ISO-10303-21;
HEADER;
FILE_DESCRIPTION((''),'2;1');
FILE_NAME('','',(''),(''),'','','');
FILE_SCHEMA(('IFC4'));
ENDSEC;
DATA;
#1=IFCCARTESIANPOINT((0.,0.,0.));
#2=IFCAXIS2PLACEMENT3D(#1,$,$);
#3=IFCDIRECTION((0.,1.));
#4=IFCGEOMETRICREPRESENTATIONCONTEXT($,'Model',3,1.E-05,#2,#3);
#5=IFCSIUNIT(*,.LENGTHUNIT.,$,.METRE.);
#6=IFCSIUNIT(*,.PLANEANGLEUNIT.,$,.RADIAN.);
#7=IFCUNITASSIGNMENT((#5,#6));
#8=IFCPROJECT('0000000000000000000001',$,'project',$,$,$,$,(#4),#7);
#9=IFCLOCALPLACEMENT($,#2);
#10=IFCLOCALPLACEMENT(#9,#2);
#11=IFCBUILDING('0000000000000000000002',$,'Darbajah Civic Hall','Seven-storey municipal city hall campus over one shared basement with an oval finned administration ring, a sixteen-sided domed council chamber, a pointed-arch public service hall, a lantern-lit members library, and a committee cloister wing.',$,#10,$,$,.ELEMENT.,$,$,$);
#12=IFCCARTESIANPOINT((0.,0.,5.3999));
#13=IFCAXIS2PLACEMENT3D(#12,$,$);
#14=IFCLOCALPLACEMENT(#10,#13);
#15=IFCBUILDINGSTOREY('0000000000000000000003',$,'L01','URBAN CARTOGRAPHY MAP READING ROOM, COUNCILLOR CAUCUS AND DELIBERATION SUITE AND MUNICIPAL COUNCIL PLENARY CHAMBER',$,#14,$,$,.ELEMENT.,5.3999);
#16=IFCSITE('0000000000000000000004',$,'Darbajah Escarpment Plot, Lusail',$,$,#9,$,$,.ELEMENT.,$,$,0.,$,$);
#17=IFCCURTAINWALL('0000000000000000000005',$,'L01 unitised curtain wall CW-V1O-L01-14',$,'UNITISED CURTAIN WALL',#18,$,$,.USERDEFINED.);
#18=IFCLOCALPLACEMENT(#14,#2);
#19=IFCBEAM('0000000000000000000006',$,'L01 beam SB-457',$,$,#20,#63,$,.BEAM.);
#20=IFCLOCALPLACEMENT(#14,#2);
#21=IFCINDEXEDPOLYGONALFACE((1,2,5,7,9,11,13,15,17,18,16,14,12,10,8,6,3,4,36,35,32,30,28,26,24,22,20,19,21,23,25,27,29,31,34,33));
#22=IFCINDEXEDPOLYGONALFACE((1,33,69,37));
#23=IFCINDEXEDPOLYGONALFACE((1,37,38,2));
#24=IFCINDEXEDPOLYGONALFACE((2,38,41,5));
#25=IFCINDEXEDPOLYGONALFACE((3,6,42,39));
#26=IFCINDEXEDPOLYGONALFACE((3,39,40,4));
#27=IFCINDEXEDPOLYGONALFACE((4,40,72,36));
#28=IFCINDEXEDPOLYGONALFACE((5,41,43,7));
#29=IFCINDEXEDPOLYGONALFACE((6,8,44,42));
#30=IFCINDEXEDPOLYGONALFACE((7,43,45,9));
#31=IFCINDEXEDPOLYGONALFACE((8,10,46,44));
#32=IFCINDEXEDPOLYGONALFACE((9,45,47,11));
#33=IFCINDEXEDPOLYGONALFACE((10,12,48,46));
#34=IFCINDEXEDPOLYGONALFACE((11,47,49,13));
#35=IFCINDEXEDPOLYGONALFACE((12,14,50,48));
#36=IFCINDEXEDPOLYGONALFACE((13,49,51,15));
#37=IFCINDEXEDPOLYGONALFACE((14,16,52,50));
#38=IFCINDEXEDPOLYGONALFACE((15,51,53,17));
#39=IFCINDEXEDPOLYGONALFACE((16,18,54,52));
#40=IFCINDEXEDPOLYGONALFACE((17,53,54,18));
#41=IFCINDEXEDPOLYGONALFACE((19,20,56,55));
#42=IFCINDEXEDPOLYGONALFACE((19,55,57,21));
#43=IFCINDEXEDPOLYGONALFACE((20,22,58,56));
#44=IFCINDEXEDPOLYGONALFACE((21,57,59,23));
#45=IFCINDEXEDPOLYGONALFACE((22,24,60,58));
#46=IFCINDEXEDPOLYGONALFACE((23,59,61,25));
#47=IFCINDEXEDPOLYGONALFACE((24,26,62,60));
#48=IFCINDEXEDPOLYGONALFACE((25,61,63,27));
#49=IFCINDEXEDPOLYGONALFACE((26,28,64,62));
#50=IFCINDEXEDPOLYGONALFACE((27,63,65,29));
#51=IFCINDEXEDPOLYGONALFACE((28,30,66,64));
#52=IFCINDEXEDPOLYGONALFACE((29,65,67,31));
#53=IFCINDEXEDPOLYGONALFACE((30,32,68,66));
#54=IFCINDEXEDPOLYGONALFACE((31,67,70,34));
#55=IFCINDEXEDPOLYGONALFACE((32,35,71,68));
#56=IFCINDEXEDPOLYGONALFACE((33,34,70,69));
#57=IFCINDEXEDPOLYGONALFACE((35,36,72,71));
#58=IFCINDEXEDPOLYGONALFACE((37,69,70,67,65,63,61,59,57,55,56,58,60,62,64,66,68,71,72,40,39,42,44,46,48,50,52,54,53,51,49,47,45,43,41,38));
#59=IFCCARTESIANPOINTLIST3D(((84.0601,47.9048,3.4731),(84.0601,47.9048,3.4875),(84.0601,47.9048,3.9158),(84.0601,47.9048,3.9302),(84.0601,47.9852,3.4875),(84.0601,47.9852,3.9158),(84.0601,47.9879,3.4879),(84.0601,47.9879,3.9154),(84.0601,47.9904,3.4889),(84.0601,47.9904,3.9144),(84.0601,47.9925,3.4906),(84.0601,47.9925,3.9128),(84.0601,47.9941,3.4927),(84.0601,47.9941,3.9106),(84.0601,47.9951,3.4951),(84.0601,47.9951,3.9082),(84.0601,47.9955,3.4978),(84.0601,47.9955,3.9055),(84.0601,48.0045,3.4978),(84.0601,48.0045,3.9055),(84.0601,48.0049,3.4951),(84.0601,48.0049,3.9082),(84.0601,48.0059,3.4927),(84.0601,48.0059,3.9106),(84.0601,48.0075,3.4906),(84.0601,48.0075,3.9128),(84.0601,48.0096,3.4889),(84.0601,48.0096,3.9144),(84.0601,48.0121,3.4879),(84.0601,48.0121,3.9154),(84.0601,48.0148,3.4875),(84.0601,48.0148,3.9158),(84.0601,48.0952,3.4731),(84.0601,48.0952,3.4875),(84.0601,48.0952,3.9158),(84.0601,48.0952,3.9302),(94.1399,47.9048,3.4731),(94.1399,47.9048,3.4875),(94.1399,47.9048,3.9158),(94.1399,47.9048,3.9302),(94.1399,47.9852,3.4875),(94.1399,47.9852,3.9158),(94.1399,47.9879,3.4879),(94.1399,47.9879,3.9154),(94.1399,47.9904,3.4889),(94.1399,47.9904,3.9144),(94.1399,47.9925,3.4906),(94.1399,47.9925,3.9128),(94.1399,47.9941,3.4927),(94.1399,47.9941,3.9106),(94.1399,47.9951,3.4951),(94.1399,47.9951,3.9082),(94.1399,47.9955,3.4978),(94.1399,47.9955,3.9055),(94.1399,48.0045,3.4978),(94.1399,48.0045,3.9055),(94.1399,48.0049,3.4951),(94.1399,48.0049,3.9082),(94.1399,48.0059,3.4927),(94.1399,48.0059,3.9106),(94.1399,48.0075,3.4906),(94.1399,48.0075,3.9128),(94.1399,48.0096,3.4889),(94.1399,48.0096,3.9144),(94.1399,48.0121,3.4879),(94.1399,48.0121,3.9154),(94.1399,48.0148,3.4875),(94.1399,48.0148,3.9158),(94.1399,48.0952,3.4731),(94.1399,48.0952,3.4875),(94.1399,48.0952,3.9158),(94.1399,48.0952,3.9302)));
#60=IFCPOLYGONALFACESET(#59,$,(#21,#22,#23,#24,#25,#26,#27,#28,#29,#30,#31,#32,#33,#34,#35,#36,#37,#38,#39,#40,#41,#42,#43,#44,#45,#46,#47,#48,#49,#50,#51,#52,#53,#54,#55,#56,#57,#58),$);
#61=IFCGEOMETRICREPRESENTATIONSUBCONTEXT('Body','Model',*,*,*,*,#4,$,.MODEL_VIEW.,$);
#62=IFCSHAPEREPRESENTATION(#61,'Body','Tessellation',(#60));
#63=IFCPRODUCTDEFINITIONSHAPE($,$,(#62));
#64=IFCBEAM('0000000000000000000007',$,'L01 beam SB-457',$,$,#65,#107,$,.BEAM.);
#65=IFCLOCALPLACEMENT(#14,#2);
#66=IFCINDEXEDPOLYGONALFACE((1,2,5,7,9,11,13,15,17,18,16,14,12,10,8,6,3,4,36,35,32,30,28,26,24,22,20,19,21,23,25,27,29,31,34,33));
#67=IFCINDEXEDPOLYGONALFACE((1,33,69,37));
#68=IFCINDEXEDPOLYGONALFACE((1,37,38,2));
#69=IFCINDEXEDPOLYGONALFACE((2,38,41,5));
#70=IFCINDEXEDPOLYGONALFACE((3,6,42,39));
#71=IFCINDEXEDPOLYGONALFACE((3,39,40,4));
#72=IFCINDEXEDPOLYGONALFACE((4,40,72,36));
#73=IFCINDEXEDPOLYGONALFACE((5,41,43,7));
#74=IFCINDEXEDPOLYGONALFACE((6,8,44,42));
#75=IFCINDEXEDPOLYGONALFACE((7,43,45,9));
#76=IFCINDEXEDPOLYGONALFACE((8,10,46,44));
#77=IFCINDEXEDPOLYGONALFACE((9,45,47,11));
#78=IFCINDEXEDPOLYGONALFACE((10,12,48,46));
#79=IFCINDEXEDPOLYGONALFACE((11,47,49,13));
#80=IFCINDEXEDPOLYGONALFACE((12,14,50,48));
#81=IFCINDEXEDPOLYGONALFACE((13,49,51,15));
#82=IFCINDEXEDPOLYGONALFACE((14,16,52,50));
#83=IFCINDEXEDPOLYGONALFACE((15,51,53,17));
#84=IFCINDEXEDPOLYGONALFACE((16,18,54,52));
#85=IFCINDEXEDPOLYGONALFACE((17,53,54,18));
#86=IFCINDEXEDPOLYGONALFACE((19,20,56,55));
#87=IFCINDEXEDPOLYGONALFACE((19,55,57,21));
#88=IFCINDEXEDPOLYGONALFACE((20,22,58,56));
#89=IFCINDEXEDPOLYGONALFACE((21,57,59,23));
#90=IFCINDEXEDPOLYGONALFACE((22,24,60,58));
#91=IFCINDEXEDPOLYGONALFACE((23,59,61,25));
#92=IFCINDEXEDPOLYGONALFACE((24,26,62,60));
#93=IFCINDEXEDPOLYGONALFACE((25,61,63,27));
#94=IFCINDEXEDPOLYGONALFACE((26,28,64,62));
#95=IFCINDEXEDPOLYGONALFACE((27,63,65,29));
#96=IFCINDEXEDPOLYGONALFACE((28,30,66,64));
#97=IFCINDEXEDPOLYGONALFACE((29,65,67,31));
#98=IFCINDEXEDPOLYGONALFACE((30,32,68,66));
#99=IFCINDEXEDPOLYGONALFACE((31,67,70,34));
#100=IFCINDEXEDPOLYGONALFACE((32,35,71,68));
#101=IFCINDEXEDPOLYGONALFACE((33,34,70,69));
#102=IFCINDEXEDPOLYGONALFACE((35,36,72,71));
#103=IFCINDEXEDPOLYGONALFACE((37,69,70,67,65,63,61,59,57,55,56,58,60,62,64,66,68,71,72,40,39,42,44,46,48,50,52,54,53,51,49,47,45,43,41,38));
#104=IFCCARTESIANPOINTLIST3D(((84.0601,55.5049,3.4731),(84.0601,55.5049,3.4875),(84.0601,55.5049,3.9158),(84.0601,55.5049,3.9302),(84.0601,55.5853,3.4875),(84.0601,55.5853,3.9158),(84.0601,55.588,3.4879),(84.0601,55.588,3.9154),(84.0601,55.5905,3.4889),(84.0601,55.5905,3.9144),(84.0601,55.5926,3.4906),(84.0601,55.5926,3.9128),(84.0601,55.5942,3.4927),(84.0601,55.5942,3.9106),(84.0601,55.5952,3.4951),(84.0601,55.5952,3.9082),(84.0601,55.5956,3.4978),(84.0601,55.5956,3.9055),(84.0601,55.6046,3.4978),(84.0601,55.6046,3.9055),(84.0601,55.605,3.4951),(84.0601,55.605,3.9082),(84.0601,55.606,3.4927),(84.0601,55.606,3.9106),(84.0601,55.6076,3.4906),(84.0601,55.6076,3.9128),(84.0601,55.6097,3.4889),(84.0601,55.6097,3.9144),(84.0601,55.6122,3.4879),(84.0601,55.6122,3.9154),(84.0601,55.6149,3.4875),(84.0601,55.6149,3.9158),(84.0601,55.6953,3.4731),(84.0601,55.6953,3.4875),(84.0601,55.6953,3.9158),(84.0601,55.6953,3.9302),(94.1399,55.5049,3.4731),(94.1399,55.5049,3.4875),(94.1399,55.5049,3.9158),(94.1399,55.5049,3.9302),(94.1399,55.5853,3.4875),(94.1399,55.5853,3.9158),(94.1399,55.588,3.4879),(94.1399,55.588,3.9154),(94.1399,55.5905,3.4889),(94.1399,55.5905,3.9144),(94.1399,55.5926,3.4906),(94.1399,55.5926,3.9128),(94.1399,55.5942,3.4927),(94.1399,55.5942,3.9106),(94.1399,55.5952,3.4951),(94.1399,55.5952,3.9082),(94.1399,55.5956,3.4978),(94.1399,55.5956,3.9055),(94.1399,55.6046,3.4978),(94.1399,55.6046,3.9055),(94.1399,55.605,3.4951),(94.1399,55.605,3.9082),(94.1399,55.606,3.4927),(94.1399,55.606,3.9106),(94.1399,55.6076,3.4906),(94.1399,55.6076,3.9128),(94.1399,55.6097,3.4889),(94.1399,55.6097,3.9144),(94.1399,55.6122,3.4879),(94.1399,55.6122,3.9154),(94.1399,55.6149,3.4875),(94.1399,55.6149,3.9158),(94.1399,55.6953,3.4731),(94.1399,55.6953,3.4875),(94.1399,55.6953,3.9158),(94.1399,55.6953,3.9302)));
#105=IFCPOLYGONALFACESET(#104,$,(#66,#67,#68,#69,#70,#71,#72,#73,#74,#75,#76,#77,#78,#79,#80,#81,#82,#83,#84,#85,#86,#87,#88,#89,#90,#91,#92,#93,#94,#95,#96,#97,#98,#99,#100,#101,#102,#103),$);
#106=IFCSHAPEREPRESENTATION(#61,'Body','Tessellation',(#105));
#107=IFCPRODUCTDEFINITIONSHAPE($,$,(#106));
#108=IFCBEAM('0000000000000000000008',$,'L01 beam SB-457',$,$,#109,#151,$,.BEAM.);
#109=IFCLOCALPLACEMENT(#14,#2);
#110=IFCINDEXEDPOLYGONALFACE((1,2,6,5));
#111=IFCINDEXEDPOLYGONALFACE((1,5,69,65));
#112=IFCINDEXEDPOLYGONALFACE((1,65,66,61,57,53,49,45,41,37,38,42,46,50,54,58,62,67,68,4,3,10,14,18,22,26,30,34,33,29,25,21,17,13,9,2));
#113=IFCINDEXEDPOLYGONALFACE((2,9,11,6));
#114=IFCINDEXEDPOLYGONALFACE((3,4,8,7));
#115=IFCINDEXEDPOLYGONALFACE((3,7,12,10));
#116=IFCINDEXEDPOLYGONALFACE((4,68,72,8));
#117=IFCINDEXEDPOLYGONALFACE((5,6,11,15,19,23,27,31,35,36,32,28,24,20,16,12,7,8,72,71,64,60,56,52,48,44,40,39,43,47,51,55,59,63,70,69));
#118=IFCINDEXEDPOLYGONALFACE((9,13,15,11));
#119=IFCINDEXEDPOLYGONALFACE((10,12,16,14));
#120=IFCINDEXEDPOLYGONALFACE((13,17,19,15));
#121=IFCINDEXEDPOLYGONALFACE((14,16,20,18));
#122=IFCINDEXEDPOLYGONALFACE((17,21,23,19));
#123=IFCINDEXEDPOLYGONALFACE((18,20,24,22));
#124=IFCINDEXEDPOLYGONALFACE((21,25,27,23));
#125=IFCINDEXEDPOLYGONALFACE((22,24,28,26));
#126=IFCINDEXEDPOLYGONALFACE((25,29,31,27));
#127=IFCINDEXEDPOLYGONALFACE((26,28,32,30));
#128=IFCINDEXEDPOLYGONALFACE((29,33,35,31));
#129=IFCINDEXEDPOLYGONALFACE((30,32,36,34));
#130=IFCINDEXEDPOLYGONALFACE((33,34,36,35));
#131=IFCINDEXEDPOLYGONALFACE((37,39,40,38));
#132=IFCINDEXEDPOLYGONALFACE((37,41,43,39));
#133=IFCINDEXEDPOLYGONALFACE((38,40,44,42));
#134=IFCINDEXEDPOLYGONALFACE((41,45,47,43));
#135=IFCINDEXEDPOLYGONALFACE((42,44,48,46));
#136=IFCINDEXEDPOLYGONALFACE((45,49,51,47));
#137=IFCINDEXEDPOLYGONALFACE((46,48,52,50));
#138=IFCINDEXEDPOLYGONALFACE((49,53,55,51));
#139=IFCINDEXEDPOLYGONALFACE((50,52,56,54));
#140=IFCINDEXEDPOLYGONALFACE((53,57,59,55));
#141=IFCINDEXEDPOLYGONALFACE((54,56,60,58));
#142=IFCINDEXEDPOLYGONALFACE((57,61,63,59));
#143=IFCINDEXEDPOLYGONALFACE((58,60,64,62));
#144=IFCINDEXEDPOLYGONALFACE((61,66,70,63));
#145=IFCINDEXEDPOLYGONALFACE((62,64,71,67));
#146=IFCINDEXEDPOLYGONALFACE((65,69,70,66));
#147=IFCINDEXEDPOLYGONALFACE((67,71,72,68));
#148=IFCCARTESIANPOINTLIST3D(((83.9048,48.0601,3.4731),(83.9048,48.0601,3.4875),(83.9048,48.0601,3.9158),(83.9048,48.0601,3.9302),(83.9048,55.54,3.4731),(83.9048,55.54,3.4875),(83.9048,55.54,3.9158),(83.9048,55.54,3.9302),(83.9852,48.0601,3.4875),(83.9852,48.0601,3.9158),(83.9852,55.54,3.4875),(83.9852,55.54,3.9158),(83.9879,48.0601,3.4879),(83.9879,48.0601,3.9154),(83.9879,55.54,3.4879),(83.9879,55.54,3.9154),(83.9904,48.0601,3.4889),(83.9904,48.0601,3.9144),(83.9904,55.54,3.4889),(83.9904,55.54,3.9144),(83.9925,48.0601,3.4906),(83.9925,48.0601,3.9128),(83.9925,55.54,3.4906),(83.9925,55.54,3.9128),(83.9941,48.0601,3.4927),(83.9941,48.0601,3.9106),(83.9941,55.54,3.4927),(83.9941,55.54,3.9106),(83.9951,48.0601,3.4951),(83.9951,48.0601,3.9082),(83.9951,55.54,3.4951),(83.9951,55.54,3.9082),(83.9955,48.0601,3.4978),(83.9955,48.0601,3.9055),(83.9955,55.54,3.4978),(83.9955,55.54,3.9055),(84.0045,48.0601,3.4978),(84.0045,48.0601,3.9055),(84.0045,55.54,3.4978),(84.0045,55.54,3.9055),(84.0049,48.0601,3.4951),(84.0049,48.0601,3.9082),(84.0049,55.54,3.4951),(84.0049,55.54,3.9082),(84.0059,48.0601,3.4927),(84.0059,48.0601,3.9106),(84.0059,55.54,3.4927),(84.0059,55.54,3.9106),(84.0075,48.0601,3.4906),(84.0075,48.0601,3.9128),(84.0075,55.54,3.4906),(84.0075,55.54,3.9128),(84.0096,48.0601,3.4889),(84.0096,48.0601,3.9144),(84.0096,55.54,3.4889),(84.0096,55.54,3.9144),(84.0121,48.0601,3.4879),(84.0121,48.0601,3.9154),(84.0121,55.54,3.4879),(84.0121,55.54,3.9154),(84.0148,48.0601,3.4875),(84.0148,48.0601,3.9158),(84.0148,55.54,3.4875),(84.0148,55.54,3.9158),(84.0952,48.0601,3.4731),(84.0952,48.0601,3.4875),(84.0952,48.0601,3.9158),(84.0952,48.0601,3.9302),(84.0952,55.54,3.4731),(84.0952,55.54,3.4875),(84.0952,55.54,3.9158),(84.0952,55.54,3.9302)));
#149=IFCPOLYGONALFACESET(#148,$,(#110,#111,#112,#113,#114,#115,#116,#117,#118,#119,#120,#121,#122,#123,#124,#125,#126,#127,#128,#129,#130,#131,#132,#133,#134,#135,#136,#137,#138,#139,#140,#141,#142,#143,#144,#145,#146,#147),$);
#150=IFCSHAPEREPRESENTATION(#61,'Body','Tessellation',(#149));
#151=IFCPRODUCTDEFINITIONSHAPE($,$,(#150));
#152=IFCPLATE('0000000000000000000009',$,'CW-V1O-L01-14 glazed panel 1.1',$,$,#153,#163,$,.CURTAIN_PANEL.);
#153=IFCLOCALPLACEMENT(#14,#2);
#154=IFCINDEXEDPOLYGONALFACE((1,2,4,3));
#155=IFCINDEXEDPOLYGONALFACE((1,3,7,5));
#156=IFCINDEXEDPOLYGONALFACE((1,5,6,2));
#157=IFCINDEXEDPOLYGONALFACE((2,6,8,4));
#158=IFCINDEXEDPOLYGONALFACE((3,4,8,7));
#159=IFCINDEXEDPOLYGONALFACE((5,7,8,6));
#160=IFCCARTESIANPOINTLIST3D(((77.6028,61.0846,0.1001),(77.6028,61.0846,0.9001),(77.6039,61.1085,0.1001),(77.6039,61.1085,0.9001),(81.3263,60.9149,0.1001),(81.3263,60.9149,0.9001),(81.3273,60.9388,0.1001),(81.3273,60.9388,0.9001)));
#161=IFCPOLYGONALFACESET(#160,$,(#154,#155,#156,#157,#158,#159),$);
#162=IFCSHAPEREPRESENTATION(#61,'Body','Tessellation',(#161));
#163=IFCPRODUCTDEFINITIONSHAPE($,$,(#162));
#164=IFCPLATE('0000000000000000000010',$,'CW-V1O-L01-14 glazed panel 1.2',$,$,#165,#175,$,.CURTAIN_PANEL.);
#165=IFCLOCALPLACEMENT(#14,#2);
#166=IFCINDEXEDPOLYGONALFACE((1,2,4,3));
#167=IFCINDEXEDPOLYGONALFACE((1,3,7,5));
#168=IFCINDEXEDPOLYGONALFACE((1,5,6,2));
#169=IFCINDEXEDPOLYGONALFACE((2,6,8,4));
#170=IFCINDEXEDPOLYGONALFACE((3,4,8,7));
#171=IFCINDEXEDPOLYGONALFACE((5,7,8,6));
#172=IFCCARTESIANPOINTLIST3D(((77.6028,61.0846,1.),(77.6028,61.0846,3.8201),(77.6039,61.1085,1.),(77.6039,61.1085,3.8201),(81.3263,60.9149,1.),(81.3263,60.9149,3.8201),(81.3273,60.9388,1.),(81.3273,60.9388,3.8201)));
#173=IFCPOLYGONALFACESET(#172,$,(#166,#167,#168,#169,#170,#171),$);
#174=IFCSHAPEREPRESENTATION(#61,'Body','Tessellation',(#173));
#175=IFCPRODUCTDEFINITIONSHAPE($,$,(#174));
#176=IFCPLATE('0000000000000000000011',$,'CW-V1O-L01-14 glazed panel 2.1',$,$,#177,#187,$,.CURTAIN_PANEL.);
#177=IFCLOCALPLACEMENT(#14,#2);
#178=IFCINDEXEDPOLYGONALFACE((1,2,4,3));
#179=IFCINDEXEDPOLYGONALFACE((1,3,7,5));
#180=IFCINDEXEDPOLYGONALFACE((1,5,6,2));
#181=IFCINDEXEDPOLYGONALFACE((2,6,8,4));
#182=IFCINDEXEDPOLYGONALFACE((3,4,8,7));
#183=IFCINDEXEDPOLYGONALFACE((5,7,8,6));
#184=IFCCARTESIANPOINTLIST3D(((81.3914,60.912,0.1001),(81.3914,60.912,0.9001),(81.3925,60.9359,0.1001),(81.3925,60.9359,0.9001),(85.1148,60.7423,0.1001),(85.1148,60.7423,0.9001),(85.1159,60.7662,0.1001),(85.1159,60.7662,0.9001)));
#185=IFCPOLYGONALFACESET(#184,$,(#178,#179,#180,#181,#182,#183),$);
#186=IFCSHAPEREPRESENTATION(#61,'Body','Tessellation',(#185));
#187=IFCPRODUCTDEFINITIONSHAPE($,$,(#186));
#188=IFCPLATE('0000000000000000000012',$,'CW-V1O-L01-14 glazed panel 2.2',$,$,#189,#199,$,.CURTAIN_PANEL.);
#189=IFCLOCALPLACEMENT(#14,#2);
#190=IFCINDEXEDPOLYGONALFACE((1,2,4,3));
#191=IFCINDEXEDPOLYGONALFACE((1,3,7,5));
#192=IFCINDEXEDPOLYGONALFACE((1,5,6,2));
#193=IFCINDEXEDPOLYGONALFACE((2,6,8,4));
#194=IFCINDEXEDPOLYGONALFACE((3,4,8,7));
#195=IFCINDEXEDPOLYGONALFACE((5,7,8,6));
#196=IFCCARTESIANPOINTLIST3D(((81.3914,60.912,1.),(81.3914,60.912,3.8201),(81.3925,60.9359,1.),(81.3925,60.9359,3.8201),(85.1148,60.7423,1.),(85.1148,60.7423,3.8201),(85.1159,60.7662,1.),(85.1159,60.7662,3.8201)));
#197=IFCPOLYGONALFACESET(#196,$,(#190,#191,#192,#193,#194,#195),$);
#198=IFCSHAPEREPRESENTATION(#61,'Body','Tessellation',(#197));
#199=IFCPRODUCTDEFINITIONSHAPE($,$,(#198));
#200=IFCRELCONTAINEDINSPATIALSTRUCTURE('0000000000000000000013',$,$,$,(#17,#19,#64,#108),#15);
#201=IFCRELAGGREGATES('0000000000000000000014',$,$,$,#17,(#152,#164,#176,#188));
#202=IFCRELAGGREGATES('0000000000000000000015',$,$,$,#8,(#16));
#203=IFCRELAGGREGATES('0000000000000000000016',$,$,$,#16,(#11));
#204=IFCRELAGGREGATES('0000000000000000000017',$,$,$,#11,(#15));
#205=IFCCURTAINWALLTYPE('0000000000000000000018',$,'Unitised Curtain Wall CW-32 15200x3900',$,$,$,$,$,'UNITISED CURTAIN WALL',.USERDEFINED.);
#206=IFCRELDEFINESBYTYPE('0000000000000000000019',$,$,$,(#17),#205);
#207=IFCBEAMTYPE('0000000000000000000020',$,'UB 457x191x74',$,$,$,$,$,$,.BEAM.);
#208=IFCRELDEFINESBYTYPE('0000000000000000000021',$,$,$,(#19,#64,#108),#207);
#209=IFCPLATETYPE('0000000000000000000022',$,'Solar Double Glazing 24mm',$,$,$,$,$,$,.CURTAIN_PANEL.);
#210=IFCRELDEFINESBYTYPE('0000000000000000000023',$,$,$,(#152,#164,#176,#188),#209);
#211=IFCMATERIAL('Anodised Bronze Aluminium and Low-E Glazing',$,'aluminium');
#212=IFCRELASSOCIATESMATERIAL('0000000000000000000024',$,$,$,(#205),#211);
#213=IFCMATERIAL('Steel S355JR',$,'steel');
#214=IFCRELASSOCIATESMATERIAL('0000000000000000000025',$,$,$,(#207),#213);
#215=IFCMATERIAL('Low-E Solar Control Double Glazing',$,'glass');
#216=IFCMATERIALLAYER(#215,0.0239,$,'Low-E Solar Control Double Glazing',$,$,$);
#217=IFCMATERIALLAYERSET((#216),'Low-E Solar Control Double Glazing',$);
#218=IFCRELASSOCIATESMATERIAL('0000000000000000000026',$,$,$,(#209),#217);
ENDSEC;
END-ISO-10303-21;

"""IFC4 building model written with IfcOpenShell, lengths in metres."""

from ifc_helpers import new_model, si_unit, direction, frame, origin, origin_2d, place, context, subcontext, project, spatial, rectangle, i_section, extrude, material, layer, layer_set, material_profile, profile_set, type_object, element, aggregate, save


model = new_model("IFC4")

# Units and contexts
model_context = context("Model", 3, precision=1e-05, world=origin(), true_north=direction((0.0, 1.0)))
body_context = subcontext(model_context, "Body", "Model", "MODEL_VIEW")
ifc_project = project(units=[si_unit("LENGTHUNIT", "METRE"), si_unit("PLANEANGLEUNIT", "RADIAN")], contexts=[model_context])

# Site, building, storey
site_placement = place(None, origin())
site = spatial("IfcSite", under=ifc_project, at=site_placement, Name="Darbajah Escarpment Plot, Lusail", CompositionType="ELEMENT", RefElevation=0.0)
building_placement = place(site_placement, origin())
building = spatial("IfcBuilding", under=site, at=building_placement, Name="Darbajah Civic Hall", Description="Seven-storey municipal city hall campus over one shared basement with an oval finned administration ring, a sixteen-sided domed council chamber, a pointed-arch public service hall, a lantern-lit members library, and a committee cloister wing.", CompositionType="ELEMENT")
storey_placement = place(building_placement, frame((0.0, 0.0, 5.3999)))
storey = spatial("IfcBuildingStorey", under=building, at=storey_placement, Name="L01", Description="URBAN CARTOGRAPHY MAP READING ROOM, COUNCILLOR CAUCUS AND DELIBERATION SUITE AND MUNICIPAL COUNCIL PLENARY CHAMBER", CompositionType="ELEMENT", Elevation=5.3999)

# Shared definitions
ifc_material_1 = material(Name="Steel S355JR", Category="steel")

# Curtain wall
ifc_material_2 = material(Name="Anodised Bronze Aluminium and Low-E Glazing", Category="aluminium")
curtain_wall_type_1 = type_object("IfcCurtainWallType", Name="Unitised Curtain Wall CW-32 15200x3900", ElementType="UNITISED CURTAIN WALL", PredefinedType="USERDEFINED", material=ifc_material_2)
curtain_wall_1_placement = place(storey_placement, origin())
curtain_wall_1 = element("IfcCurtainWall", 1, at=curtain_wall_1_placement, inside=storey, type_object=curtain_wall_type_1, Name="L01 unitised curtain wall CW-V1O-L01-14", ObjectType="UNITISED CURTAIN WALL", PredefinedType="USERDEFINED")

# Beams
ifc_material_profile_1 = material_profile(ifc_material_1, i_section(OverallWidth=0.1904, OverallDepth=0.457, WebThickness=0.009, FlangeThickness=0.0144, FilletRadius=0.0103, at=origin_2d()), Name="UB 457x191x74")
ifc_profile_set_1 = profile_set([ifc_material_profile_1], Name="Steel S355JR")
beam_type = type_object("IfcBeamType", Name="UB 457x191x74", PredefinedType="BEAM", material=ifc_profile_set_1)
for number, where, z_axis, x_axis, name in (
    (2, (84.0601, 48.0, 3.7017), (1.0, 0.0, 0.0), (0.0, 1.0, 0.0), "L01 beam SB-457"),
    (3, (84.0601, 55.6001, 3.7017), (1.0, 0.0, 0.0), (0.0, 1.0, 0.0), "L01 beam SB-457"),
):
    element("IfcBeam", number, at=place(storey_placement, frame(where, z_axis=z_axis, x_axis=x_axis)), inside=storey, type_object=beam_type, Name=name, PredefinedType="BEAM", context=body_context, shape_type="SweptSolid", body=[
        extrude(i_section(OverallWidth=0.1904, OverallDepth=0.457, WebThickness=0.009, FlangeThickness=0.0144, FilletRadius=0.0103, at=origin_2d()), origin(), (0.0, 0.0, 1.0), 10.0798),
    ])
beam_placement = place(storey_placement, frame((84.0, 48.0601, 3.7017), z_axis=(0.0, 1.0, 0.0), x_axis=(-1.0, 0.0, 0.0)))
element("IfcBeam", 4, at=beam_placement, inside=storey, type_object=beam_type, Name="L01 beam SB-457", PredefinedType="BEAM", context=body_context, shape_type="SweptSolid", body=[
    extrude(i_section(OverallWidth=0.1904, OverallDepth=0.457, WebThickness=0.009, FlangeThickness=0.0144, FilletRadius=0.0103, at=origin_2d()), origin(), (0.0, 0.0, 1.0), 7.48),
])

# Plates
ifc_material_3 = material(Name="Low-E Solar Control Double Glazing", Category="glass")
ifc_layer = layer(ifc_material_3, 0.0239, Name="Low-E Solar Control Double Glazing")
ifc_layer_set = layer_set([ifc_layer], Name="Low-E Solar Control Double Glazing")
plate_type = type_object("IfcPlateType", Name="Solar Double Glazing 24mm", PredefinedType="CURTAIN_PANEL", material=ifc_layer_set)
plate_1_placement = place(storey_placement, frame((79.4651, 61.0117, 0.1001), z_axis=(0.0, 0.0, 1.0), x_axis=(0.998963, -0.045537, 0.0)))
plate_1 = element("IfcPlate", 5, at=plate_1_placement, type_object=plate_type, Name="CW-V1O-L01-14 glazed panel 1.1", PredefinedType="CURTAIN_PANEL", context=body_context, shape_type="SweptSolid", body=[
    extrude(rectangle(XDim=3.7273, YDim=0.0239, at=origin_2d()), origin(), (0.0, 0.0, 1.0), 0.8),
])
plate_2_placement = place(storey_placement, frame((79.4651, 61.0117, 1.0), z_axis=(0.0, 0.0, 1.0), x_axis=(0.998963, -0.045537, 0.0)))
plate_2 = element("IfcPlate", 6, at=plate_2_placement, type_object=plate_type, Name="CW-V1O-L01-14 glazed panel 1.2", PredefinedType="CURTAIN_PANEL", context=body_context, shape_type="SweptSolid", body=[
    extrude(rectangle(XDim=3.7273, YDim=0.0239, at=origin_2d()), origin(), (0.0, 0.0, 1.0), 2.8201),
])
plate_3_placement = place(storey_placement, frame((83.2537, 60.8391, 0.1001), z_axis=(0.0, 0.0, 1.0), x_axis=(0.998963, -0.045537, 0.0)))
plate_3 = element("IfcPlate", 7, at=plate_3_placement, type_object=plate_type, Name="CW-V1O-L01-14 glazed panel 2.1", PredefinedType="CURTAIN_PANEL", context=body_context, shape_type="SweptSolid", body=[
    extrude(rectangle(XDim=3.7273, YDim=0.0239, at=origin_2d()), origin(), (0.0, 0.0, 1.0), 0.8),
])
plate_4_placement = place(storey_placement, frame((83.2537, 60.8391, 1.0), z_axis=(0.0, 0.0, 1.0), x_axis=(0.998963, -0.045537, 0.0)))
plate_4 = element("IfcPlate", 8, at=plate_4_placement, type_object=plate_type, Name="CW-V1O-L01-14 glazed panel 2.2", PredefinedType="CURTAIN_PANEL", context=body_context, shape_type="SweptSolid", body=[
    extrude(rectangle(XDim=3.7273, YDim=0.0239, at=origin_2d()), origin(), (0.0, 0.0, 1.0), 2.8201),
])
aggregate(curtain_wall_1, [plate_1, plate_2, plate_3, plate_4])

save(model, "model.ifc")
